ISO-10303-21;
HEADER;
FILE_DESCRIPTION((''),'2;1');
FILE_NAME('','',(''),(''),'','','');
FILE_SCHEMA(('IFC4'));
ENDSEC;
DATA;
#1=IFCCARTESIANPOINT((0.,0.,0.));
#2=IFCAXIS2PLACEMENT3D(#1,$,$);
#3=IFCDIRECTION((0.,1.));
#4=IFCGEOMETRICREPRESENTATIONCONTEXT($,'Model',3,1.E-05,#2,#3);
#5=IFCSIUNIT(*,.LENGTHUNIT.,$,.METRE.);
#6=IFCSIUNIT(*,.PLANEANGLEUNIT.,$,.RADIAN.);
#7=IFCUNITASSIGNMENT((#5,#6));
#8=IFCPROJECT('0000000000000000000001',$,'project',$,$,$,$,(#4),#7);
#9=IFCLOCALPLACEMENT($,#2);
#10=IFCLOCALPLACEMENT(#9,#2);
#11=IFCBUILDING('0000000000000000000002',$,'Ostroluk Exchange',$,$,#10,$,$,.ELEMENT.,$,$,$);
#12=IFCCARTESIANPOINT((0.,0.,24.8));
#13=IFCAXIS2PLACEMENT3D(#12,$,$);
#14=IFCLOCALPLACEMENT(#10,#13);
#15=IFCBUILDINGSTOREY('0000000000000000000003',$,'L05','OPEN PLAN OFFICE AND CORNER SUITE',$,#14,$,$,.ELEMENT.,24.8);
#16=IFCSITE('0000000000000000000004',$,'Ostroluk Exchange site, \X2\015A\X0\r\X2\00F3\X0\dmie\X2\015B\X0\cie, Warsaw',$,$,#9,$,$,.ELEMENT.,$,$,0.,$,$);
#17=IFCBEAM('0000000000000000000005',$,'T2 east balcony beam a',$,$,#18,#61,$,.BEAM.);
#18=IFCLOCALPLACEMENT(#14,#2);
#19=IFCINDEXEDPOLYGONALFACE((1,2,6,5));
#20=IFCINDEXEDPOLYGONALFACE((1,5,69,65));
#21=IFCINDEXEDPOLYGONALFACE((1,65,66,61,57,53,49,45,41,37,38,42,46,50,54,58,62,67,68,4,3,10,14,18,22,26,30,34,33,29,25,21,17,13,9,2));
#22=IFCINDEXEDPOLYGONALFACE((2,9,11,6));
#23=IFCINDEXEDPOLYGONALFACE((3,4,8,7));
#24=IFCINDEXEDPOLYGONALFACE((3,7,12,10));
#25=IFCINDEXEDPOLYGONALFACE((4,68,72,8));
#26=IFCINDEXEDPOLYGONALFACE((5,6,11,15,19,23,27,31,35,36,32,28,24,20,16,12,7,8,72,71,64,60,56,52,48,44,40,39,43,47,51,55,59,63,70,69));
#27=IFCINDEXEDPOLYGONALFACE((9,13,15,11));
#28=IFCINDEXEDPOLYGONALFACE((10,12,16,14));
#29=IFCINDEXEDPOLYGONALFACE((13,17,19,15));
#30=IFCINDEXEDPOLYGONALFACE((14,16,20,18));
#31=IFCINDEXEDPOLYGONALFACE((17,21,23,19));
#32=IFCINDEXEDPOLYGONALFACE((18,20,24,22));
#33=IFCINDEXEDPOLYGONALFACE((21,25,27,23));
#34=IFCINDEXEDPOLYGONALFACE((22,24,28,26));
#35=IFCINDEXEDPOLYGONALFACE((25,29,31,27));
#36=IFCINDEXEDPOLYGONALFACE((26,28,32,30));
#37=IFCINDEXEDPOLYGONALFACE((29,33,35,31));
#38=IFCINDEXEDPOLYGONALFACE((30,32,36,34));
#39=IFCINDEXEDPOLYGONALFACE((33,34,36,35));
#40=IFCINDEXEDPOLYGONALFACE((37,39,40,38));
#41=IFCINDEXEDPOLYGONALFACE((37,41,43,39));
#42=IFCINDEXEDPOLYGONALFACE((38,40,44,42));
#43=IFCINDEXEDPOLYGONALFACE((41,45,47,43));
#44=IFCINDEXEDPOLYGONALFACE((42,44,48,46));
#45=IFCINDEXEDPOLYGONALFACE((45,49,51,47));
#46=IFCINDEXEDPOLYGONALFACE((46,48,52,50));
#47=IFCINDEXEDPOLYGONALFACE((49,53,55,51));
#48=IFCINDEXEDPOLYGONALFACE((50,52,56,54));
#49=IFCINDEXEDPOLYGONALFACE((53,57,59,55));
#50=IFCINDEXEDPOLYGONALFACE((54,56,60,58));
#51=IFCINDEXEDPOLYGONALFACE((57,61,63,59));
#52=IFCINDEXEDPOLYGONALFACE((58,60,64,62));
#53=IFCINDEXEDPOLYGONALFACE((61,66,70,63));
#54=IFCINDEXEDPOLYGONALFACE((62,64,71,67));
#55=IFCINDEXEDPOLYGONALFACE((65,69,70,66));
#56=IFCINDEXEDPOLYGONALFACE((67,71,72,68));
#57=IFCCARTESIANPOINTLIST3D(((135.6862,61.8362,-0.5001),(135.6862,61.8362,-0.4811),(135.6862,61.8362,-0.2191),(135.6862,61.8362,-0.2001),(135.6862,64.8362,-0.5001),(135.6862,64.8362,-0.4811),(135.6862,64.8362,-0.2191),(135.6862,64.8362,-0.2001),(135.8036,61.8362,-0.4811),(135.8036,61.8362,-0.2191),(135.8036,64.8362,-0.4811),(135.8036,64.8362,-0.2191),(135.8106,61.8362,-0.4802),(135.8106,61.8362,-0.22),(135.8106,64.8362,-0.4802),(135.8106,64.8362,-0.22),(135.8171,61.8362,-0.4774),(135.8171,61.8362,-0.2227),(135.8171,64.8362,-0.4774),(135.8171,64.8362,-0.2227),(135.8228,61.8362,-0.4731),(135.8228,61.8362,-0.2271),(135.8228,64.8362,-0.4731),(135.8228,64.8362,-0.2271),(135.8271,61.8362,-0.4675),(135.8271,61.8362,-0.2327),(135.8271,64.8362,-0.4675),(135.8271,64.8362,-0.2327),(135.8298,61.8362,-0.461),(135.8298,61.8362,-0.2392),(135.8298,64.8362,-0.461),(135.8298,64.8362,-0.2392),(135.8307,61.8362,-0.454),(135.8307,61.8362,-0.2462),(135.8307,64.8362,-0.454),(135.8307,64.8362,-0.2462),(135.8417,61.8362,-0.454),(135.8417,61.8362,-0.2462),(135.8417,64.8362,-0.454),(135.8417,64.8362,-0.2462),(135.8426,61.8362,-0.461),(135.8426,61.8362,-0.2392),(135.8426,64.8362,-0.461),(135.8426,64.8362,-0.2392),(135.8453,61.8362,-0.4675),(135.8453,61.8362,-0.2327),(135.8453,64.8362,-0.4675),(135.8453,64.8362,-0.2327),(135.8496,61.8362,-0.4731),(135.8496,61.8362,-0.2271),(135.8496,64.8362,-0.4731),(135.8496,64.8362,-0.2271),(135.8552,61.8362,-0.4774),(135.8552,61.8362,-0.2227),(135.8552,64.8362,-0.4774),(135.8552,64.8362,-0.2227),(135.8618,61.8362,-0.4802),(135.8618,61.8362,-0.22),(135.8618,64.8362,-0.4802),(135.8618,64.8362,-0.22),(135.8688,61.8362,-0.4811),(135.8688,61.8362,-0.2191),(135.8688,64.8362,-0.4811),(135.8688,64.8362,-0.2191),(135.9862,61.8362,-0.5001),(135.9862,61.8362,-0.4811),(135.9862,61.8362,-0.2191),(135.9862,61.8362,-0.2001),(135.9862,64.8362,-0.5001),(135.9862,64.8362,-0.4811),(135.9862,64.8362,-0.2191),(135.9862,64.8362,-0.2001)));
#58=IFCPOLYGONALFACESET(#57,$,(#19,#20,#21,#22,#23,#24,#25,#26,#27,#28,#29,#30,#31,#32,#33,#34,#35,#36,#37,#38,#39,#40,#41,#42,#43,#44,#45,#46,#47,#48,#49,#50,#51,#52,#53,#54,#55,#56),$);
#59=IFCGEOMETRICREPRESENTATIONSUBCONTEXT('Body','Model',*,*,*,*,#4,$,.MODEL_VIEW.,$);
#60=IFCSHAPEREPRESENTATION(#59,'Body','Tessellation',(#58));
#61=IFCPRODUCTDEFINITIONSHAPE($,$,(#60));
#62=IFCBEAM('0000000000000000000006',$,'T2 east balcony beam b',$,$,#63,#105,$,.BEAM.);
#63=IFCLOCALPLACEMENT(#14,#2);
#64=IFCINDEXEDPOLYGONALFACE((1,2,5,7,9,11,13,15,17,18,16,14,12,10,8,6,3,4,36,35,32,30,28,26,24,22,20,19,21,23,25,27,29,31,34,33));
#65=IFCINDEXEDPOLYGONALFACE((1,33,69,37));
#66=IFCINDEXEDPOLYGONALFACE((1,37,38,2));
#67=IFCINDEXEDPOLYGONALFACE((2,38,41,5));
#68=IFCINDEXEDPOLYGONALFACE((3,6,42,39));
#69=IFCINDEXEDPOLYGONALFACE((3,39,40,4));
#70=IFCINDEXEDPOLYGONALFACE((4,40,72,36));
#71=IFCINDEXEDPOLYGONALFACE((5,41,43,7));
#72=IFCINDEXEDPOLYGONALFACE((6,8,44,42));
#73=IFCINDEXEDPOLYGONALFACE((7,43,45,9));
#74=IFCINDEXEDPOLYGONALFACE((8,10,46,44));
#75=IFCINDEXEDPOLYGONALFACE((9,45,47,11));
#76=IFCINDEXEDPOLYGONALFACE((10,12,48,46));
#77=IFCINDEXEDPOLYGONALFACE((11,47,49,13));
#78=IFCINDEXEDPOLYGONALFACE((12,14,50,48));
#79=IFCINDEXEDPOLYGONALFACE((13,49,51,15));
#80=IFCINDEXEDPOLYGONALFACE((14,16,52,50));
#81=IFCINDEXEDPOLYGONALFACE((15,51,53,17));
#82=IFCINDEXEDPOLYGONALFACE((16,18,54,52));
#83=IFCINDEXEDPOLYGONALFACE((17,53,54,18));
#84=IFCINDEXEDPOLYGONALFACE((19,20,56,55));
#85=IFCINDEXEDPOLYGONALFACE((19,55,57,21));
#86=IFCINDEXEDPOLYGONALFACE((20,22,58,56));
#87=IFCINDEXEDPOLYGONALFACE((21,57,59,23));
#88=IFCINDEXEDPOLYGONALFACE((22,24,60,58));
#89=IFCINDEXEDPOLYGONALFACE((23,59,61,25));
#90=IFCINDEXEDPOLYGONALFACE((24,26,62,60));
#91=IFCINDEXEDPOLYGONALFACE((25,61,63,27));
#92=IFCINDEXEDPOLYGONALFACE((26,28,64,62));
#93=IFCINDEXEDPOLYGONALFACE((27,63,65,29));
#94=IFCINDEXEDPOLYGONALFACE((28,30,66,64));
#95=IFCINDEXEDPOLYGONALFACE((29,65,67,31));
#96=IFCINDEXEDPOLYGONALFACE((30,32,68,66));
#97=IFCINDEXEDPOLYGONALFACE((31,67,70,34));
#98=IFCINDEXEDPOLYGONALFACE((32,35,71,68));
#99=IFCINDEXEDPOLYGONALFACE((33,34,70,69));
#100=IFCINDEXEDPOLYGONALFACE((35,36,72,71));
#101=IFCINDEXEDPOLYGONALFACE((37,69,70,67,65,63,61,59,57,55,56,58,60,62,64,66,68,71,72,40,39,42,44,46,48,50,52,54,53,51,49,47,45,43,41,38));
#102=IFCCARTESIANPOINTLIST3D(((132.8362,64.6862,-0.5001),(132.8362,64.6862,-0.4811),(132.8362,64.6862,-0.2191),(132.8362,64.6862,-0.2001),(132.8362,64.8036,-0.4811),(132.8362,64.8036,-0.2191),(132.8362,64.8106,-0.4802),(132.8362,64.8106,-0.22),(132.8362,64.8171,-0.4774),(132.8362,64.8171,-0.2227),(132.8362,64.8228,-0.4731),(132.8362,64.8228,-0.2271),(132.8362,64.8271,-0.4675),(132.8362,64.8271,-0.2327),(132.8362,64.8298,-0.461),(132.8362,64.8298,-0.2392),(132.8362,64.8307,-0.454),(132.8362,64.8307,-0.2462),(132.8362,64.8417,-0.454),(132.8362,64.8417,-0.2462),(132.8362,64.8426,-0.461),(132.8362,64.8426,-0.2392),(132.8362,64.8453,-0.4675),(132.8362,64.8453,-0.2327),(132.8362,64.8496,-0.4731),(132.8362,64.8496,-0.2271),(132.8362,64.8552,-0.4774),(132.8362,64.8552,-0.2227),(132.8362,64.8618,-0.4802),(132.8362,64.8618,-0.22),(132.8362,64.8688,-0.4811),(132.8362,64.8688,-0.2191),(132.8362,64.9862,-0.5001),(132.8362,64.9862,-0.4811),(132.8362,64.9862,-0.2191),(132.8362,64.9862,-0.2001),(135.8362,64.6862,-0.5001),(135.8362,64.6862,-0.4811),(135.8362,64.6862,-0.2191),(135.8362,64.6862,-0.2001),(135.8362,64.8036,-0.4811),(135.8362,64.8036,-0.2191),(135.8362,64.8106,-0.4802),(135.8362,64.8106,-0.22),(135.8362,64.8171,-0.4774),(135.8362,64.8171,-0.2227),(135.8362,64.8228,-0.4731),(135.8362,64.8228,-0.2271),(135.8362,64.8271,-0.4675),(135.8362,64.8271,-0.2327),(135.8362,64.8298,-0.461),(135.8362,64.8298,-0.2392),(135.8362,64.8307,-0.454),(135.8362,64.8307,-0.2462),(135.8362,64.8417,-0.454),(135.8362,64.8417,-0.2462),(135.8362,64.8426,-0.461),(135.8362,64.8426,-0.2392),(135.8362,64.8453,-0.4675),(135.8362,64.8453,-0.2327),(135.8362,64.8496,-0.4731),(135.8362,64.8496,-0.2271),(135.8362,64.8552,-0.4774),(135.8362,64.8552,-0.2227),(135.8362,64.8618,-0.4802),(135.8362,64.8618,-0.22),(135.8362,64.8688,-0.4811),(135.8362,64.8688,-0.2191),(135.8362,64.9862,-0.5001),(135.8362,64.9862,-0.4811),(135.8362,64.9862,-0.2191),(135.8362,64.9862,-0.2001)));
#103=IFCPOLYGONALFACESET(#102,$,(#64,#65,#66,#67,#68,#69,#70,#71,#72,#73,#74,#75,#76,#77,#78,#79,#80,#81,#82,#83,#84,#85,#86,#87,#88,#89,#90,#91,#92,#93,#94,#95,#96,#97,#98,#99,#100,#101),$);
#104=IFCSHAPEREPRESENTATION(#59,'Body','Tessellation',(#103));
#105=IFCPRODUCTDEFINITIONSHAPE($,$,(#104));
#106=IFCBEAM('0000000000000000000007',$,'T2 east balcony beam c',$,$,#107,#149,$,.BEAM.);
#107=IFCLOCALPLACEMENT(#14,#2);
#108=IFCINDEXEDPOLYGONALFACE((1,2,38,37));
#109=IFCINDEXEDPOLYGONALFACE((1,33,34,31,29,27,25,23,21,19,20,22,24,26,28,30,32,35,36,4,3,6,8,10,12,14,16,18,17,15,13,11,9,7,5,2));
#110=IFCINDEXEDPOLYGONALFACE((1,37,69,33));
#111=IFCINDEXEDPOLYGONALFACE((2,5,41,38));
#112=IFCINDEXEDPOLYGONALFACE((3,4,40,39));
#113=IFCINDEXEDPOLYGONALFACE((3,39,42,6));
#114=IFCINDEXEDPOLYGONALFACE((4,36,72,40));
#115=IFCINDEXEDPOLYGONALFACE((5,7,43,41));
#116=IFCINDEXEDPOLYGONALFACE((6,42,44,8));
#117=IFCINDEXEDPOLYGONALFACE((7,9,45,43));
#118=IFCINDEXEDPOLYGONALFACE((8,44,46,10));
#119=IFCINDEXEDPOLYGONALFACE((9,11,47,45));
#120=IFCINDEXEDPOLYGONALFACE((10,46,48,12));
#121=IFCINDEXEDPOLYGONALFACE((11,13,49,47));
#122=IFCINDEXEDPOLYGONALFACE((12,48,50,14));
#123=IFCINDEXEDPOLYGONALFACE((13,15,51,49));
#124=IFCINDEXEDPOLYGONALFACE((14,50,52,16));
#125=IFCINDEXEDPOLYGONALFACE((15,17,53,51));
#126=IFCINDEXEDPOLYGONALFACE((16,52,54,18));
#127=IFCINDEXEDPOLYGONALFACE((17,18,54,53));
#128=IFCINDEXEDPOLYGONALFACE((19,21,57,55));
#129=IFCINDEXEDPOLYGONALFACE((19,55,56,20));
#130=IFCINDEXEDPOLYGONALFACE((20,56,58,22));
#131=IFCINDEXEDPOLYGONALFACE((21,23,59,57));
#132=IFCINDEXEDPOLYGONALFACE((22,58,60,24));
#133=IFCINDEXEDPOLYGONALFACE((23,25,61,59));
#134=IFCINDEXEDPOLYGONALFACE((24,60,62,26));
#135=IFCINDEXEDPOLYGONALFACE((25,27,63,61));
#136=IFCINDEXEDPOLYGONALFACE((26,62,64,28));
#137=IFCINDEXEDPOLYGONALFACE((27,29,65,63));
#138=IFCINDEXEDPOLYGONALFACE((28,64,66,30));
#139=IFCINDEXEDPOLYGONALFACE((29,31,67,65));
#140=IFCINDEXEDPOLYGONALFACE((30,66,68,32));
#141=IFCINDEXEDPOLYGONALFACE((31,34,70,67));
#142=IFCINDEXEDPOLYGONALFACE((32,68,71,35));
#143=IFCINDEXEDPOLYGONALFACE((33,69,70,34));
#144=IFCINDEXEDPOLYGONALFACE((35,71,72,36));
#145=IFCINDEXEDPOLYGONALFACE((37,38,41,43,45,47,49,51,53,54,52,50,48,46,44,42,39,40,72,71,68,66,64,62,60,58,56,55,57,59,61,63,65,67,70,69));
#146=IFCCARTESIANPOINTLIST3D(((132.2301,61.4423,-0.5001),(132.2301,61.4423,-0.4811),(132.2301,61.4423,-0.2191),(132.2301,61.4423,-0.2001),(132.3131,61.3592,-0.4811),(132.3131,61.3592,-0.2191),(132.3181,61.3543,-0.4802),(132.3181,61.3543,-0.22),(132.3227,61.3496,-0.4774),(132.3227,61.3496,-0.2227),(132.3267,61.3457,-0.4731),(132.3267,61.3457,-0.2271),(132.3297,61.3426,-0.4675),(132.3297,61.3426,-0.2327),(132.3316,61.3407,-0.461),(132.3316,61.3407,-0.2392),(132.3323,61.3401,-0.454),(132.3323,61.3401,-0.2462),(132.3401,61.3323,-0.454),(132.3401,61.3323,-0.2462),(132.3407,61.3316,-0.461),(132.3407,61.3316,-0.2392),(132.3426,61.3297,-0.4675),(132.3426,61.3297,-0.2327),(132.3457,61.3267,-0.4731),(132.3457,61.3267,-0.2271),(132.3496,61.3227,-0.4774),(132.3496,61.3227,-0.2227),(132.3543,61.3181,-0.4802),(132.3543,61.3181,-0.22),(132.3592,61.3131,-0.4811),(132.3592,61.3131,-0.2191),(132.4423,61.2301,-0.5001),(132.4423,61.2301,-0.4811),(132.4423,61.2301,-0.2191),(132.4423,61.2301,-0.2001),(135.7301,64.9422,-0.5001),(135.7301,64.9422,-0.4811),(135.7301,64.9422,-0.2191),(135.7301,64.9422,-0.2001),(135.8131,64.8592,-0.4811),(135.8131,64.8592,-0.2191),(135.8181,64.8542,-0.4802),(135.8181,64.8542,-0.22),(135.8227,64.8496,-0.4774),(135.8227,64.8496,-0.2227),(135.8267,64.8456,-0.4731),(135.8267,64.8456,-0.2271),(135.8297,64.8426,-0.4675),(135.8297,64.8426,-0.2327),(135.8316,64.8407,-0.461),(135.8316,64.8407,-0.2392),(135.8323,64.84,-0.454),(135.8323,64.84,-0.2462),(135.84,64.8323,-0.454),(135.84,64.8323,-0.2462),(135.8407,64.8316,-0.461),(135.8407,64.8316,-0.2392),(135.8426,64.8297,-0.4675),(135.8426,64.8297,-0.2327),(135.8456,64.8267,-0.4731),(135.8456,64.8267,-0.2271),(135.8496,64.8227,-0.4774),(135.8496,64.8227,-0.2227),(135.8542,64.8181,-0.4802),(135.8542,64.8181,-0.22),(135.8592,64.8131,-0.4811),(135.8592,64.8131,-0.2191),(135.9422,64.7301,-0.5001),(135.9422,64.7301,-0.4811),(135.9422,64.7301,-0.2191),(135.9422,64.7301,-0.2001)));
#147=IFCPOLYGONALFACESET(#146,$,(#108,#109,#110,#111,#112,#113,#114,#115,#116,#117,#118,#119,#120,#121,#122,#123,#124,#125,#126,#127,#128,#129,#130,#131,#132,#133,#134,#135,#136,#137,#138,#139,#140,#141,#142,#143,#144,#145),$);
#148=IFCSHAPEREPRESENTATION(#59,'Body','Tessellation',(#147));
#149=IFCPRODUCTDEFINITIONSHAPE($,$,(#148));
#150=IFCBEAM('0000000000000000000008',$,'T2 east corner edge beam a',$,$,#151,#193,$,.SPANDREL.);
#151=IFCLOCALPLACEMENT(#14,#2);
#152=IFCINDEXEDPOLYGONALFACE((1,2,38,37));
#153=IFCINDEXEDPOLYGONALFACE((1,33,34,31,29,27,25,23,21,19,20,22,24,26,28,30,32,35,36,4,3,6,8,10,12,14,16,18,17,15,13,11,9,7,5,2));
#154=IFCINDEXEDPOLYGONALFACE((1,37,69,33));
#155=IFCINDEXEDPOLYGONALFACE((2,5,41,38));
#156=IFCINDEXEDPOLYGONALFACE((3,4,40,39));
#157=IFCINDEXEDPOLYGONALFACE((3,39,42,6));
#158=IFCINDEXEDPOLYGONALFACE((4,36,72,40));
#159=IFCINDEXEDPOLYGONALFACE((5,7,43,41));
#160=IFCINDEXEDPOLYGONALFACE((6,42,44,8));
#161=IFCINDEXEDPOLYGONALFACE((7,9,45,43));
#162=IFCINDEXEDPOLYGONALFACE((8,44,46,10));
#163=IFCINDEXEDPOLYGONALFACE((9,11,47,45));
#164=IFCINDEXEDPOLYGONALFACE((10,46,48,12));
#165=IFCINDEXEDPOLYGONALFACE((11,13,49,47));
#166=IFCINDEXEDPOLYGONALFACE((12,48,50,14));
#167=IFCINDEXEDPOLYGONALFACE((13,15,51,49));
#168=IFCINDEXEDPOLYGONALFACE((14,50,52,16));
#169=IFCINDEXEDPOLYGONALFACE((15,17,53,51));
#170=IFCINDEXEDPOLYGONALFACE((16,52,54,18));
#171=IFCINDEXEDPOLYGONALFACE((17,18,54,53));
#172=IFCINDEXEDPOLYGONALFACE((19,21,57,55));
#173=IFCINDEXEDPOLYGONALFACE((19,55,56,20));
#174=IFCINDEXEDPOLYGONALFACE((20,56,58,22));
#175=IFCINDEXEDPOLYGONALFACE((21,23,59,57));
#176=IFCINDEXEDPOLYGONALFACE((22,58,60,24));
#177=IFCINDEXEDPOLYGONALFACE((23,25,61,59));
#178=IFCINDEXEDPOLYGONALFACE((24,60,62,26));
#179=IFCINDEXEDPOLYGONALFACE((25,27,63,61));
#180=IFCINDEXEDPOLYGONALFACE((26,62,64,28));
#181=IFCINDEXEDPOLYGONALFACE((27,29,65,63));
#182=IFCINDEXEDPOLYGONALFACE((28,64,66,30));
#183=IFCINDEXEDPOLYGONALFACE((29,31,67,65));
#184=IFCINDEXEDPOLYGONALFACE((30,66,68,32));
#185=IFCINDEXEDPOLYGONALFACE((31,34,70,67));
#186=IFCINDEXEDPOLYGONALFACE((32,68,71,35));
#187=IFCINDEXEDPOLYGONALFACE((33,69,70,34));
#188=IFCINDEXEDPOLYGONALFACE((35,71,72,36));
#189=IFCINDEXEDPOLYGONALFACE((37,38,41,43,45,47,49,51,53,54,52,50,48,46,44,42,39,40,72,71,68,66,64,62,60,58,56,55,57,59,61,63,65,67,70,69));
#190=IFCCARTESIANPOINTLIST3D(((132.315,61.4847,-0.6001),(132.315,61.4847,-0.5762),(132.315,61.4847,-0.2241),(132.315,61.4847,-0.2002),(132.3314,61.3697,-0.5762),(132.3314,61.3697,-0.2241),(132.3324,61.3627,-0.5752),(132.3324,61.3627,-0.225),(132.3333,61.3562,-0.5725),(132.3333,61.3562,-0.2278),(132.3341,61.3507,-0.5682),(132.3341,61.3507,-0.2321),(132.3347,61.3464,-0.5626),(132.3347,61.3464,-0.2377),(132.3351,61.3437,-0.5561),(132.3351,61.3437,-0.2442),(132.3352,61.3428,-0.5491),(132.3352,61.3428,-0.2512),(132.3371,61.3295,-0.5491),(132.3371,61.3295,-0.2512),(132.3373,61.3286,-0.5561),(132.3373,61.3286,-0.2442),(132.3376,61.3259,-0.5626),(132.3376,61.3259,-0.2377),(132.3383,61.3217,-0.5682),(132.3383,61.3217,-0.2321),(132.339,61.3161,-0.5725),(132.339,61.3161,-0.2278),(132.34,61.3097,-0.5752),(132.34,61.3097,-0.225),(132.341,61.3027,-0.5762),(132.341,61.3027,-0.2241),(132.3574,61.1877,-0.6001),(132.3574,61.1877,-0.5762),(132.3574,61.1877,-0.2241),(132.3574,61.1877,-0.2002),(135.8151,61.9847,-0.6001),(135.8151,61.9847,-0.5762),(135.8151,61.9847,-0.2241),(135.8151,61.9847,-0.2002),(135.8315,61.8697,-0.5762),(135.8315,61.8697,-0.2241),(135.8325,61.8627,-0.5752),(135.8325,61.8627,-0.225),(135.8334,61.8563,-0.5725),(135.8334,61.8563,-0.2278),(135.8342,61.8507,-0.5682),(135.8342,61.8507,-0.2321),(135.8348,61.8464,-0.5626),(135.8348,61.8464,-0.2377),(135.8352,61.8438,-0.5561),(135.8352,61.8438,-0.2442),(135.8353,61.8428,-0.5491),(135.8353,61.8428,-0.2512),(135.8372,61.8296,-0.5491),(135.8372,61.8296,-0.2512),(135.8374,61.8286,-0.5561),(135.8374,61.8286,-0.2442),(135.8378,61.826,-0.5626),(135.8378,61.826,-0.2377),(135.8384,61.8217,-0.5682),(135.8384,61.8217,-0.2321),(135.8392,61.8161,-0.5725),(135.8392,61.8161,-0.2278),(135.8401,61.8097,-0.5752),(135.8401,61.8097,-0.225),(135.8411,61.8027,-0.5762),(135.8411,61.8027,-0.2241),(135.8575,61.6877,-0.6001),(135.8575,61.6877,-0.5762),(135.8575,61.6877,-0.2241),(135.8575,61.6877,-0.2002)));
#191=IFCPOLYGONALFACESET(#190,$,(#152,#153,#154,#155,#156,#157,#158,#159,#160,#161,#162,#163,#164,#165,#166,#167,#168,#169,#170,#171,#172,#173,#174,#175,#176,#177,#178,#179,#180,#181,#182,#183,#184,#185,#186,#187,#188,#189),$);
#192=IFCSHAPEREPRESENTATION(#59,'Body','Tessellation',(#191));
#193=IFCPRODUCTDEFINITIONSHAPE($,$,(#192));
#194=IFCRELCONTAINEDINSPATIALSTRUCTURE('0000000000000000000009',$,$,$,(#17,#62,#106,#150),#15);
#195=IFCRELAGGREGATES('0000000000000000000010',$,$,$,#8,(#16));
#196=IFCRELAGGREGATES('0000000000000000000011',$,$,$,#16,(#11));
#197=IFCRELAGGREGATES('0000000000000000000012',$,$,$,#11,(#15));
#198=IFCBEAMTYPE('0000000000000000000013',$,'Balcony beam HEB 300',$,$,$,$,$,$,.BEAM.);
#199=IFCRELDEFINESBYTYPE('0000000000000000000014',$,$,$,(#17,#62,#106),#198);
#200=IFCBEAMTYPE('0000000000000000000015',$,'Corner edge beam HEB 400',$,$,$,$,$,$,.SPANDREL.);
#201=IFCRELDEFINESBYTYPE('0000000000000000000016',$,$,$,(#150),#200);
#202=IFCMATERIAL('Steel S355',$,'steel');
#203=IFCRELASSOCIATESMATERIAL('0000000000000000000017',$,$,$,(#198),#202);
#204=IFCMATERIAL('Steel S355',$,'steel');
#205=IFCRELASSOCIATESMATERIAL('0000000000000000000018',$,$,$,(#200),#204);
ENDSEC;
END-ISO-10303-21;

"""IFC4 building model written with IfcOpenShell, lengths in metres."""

from ifc_helpers import new_model, si_unit, direction, frame, origin, origin_2d, place, context, subcontext, project, spatial, i_section, extrude, material, material_profile, profile_set, type_object, element, save


model = new_model("IFC4")

# Units and contexts
model_context = context("Model", 3, precision=1e-05, world=origin(), true_north=direction((0.0, 1.0)))
body_context = subcontext(model_context, "Body", "Model", "MODEL_VIEW")
ifc_project = project(units=[si_unit("LENGTHUNIT", "METRE"), si_unit("PLANEANGLEUNIT", "RADIAN")], contexts=[model_context])

# Site, building, storey
site_placement = place(None, origin())
site = spatial("IfcSite", under=ifc_project, at=site_placement, Name="Ostroluk Exchange site, Śródmieście, Warsaw", CompositionType="ELEMENT", RefElevation=0.0)
building_placement = place(site_placement, origin())
building = spatial("IfcBuilding", under=site, at=building_placement, Name="Ostroluk Exchange", CompositionType="ELEMENT")
storey_placement = place(building_placement, frame((0.0, 0.0, 24.8)))
storey = spatial("IfcBuildingStorey", under=building, at=storey_placement, Name="L05", Description="OPEN PLAN OFFICE AND CORNER SUITE", CompositionType="ELEMENT", Elevation=24.8)

# Beams
ifc_material_1 = material(Name="Steel S355", Category="steel")
ifc_material_profile_1 = material_profile(ifc_material_1, i_section(OverallWidth=0.3, OverallDepth=0.3, WebThickness=0.011, FlangeThickness=0.019, FilletRadius=0.0271, at=origin_2d()), Name="HEB 300")
ifc_profile_set_1 = profile_set([ifc_material_profile_1], Name="Steel S355")
beam_type_1 = type_object("IfcBeamType", Name="Balcony beam HEB 300", PredefinedType="BEAM", material=ifc_profile_set_1)
for number, where, z_axis, x_axis, name in (
    (1, (135.8362, 61.8362, -0.3501), (0.0, 1.0, 0.0), (-1.0, 0.0, 0.0), "T2 east balcony beam a"),
    (2, (132.8362, 64.8362, -0.3501), (1.0, 0.0, 0.0), (0.0, 1.0, 0.0), "T2 east balcony beam b"),
):
    element("IfcBeam", number, at=place(storey_placement, frame(where, z_axis=z_axis, x_axis=x_axis)), inside=storey, type_object=beam_type_1, Name=name, PredefinedType="BEAM", context=body_context, shape_type="SweptSolid", body=[
        extrude(i_section(OverallWidth=0.3, OverallDepth=0.3, WebThickness=0.011, FlangeThickness=0.019, FilletRadius=0.0271, at=origin_2d()), origin(), (0.0, 0.0, 1.0), 3.0),
    ])
beam_1_placement = place(storey_placement, frame((132.3362, 61.3362, -0.3501), z_axis=(0.707107, 0.707107, 0.0), x_axis=(-0.707107, 0.707107, 0.0)))
element("IfcBeam", 3, at=beam_1_placement, inside=storey, type_object=beam_type_1, Name="T2 east balcony beam c", PredefinedType="BEAM", context=body_context, shape_type="SweptSolid", body=[
    extrude(i_section(OverallWidth=0.3, OverallDepth=0.3, WebThickness=0.011, FlangeThickness=0.019, FilletRadius=0.0271, at=origin_2d()), origin(), (0.0, 0.0, 1.0), 4.9497),
])
ifc_material_2 = material(Name="Steel S355", Category="steel")
ifc_material_profile_2 = material_profile(ifc_material_2, i_section(OverallWidth=0.3, OverallDepth=0.3999, WebThickness=0.0134, FlangeThickness=0.0239, FilletRadius=0.0271, at=origin_2d()), Name="HEB 400")
ifc_profile_set_2 = profile_set([ifc_material_profile_2], Name="Steel S355")
beam_type_2 = type_object("IfcBeamType", Name="Corner edge beam HEB 400", PredefinedType="SPANDREL", material=ifc_profile_set_2)
for number, where, z_axis, x_axis, name in (
    (4, (132.3362, 61.3362, -0.4001), (0.989949, 0.141421, 0.0), (-0.141421, 0.989949, 0.0), "T2 east corner edge beam a"),
):
    element("IfcBeam", number, at=place(storey_placement, frame(where, z_axis=z_axis, x_axis=x_axis)), inside=storey, type_object=beam_type_2, Name=name, PredefinedType="SPANDREL", context=body_context, shape_type="SweptSolid", body=[
        extrude(i_section(OverallWidth=0.3, OverallDepth=0.3999, WebThickness=0.0134, FlangeThickness=0.0239, FilletRadius=0.0271, at=origin_2d()), origin(), (0.0, 0.0, 1.0), 3.5356),
    ])

save(model, "model.ifc")
